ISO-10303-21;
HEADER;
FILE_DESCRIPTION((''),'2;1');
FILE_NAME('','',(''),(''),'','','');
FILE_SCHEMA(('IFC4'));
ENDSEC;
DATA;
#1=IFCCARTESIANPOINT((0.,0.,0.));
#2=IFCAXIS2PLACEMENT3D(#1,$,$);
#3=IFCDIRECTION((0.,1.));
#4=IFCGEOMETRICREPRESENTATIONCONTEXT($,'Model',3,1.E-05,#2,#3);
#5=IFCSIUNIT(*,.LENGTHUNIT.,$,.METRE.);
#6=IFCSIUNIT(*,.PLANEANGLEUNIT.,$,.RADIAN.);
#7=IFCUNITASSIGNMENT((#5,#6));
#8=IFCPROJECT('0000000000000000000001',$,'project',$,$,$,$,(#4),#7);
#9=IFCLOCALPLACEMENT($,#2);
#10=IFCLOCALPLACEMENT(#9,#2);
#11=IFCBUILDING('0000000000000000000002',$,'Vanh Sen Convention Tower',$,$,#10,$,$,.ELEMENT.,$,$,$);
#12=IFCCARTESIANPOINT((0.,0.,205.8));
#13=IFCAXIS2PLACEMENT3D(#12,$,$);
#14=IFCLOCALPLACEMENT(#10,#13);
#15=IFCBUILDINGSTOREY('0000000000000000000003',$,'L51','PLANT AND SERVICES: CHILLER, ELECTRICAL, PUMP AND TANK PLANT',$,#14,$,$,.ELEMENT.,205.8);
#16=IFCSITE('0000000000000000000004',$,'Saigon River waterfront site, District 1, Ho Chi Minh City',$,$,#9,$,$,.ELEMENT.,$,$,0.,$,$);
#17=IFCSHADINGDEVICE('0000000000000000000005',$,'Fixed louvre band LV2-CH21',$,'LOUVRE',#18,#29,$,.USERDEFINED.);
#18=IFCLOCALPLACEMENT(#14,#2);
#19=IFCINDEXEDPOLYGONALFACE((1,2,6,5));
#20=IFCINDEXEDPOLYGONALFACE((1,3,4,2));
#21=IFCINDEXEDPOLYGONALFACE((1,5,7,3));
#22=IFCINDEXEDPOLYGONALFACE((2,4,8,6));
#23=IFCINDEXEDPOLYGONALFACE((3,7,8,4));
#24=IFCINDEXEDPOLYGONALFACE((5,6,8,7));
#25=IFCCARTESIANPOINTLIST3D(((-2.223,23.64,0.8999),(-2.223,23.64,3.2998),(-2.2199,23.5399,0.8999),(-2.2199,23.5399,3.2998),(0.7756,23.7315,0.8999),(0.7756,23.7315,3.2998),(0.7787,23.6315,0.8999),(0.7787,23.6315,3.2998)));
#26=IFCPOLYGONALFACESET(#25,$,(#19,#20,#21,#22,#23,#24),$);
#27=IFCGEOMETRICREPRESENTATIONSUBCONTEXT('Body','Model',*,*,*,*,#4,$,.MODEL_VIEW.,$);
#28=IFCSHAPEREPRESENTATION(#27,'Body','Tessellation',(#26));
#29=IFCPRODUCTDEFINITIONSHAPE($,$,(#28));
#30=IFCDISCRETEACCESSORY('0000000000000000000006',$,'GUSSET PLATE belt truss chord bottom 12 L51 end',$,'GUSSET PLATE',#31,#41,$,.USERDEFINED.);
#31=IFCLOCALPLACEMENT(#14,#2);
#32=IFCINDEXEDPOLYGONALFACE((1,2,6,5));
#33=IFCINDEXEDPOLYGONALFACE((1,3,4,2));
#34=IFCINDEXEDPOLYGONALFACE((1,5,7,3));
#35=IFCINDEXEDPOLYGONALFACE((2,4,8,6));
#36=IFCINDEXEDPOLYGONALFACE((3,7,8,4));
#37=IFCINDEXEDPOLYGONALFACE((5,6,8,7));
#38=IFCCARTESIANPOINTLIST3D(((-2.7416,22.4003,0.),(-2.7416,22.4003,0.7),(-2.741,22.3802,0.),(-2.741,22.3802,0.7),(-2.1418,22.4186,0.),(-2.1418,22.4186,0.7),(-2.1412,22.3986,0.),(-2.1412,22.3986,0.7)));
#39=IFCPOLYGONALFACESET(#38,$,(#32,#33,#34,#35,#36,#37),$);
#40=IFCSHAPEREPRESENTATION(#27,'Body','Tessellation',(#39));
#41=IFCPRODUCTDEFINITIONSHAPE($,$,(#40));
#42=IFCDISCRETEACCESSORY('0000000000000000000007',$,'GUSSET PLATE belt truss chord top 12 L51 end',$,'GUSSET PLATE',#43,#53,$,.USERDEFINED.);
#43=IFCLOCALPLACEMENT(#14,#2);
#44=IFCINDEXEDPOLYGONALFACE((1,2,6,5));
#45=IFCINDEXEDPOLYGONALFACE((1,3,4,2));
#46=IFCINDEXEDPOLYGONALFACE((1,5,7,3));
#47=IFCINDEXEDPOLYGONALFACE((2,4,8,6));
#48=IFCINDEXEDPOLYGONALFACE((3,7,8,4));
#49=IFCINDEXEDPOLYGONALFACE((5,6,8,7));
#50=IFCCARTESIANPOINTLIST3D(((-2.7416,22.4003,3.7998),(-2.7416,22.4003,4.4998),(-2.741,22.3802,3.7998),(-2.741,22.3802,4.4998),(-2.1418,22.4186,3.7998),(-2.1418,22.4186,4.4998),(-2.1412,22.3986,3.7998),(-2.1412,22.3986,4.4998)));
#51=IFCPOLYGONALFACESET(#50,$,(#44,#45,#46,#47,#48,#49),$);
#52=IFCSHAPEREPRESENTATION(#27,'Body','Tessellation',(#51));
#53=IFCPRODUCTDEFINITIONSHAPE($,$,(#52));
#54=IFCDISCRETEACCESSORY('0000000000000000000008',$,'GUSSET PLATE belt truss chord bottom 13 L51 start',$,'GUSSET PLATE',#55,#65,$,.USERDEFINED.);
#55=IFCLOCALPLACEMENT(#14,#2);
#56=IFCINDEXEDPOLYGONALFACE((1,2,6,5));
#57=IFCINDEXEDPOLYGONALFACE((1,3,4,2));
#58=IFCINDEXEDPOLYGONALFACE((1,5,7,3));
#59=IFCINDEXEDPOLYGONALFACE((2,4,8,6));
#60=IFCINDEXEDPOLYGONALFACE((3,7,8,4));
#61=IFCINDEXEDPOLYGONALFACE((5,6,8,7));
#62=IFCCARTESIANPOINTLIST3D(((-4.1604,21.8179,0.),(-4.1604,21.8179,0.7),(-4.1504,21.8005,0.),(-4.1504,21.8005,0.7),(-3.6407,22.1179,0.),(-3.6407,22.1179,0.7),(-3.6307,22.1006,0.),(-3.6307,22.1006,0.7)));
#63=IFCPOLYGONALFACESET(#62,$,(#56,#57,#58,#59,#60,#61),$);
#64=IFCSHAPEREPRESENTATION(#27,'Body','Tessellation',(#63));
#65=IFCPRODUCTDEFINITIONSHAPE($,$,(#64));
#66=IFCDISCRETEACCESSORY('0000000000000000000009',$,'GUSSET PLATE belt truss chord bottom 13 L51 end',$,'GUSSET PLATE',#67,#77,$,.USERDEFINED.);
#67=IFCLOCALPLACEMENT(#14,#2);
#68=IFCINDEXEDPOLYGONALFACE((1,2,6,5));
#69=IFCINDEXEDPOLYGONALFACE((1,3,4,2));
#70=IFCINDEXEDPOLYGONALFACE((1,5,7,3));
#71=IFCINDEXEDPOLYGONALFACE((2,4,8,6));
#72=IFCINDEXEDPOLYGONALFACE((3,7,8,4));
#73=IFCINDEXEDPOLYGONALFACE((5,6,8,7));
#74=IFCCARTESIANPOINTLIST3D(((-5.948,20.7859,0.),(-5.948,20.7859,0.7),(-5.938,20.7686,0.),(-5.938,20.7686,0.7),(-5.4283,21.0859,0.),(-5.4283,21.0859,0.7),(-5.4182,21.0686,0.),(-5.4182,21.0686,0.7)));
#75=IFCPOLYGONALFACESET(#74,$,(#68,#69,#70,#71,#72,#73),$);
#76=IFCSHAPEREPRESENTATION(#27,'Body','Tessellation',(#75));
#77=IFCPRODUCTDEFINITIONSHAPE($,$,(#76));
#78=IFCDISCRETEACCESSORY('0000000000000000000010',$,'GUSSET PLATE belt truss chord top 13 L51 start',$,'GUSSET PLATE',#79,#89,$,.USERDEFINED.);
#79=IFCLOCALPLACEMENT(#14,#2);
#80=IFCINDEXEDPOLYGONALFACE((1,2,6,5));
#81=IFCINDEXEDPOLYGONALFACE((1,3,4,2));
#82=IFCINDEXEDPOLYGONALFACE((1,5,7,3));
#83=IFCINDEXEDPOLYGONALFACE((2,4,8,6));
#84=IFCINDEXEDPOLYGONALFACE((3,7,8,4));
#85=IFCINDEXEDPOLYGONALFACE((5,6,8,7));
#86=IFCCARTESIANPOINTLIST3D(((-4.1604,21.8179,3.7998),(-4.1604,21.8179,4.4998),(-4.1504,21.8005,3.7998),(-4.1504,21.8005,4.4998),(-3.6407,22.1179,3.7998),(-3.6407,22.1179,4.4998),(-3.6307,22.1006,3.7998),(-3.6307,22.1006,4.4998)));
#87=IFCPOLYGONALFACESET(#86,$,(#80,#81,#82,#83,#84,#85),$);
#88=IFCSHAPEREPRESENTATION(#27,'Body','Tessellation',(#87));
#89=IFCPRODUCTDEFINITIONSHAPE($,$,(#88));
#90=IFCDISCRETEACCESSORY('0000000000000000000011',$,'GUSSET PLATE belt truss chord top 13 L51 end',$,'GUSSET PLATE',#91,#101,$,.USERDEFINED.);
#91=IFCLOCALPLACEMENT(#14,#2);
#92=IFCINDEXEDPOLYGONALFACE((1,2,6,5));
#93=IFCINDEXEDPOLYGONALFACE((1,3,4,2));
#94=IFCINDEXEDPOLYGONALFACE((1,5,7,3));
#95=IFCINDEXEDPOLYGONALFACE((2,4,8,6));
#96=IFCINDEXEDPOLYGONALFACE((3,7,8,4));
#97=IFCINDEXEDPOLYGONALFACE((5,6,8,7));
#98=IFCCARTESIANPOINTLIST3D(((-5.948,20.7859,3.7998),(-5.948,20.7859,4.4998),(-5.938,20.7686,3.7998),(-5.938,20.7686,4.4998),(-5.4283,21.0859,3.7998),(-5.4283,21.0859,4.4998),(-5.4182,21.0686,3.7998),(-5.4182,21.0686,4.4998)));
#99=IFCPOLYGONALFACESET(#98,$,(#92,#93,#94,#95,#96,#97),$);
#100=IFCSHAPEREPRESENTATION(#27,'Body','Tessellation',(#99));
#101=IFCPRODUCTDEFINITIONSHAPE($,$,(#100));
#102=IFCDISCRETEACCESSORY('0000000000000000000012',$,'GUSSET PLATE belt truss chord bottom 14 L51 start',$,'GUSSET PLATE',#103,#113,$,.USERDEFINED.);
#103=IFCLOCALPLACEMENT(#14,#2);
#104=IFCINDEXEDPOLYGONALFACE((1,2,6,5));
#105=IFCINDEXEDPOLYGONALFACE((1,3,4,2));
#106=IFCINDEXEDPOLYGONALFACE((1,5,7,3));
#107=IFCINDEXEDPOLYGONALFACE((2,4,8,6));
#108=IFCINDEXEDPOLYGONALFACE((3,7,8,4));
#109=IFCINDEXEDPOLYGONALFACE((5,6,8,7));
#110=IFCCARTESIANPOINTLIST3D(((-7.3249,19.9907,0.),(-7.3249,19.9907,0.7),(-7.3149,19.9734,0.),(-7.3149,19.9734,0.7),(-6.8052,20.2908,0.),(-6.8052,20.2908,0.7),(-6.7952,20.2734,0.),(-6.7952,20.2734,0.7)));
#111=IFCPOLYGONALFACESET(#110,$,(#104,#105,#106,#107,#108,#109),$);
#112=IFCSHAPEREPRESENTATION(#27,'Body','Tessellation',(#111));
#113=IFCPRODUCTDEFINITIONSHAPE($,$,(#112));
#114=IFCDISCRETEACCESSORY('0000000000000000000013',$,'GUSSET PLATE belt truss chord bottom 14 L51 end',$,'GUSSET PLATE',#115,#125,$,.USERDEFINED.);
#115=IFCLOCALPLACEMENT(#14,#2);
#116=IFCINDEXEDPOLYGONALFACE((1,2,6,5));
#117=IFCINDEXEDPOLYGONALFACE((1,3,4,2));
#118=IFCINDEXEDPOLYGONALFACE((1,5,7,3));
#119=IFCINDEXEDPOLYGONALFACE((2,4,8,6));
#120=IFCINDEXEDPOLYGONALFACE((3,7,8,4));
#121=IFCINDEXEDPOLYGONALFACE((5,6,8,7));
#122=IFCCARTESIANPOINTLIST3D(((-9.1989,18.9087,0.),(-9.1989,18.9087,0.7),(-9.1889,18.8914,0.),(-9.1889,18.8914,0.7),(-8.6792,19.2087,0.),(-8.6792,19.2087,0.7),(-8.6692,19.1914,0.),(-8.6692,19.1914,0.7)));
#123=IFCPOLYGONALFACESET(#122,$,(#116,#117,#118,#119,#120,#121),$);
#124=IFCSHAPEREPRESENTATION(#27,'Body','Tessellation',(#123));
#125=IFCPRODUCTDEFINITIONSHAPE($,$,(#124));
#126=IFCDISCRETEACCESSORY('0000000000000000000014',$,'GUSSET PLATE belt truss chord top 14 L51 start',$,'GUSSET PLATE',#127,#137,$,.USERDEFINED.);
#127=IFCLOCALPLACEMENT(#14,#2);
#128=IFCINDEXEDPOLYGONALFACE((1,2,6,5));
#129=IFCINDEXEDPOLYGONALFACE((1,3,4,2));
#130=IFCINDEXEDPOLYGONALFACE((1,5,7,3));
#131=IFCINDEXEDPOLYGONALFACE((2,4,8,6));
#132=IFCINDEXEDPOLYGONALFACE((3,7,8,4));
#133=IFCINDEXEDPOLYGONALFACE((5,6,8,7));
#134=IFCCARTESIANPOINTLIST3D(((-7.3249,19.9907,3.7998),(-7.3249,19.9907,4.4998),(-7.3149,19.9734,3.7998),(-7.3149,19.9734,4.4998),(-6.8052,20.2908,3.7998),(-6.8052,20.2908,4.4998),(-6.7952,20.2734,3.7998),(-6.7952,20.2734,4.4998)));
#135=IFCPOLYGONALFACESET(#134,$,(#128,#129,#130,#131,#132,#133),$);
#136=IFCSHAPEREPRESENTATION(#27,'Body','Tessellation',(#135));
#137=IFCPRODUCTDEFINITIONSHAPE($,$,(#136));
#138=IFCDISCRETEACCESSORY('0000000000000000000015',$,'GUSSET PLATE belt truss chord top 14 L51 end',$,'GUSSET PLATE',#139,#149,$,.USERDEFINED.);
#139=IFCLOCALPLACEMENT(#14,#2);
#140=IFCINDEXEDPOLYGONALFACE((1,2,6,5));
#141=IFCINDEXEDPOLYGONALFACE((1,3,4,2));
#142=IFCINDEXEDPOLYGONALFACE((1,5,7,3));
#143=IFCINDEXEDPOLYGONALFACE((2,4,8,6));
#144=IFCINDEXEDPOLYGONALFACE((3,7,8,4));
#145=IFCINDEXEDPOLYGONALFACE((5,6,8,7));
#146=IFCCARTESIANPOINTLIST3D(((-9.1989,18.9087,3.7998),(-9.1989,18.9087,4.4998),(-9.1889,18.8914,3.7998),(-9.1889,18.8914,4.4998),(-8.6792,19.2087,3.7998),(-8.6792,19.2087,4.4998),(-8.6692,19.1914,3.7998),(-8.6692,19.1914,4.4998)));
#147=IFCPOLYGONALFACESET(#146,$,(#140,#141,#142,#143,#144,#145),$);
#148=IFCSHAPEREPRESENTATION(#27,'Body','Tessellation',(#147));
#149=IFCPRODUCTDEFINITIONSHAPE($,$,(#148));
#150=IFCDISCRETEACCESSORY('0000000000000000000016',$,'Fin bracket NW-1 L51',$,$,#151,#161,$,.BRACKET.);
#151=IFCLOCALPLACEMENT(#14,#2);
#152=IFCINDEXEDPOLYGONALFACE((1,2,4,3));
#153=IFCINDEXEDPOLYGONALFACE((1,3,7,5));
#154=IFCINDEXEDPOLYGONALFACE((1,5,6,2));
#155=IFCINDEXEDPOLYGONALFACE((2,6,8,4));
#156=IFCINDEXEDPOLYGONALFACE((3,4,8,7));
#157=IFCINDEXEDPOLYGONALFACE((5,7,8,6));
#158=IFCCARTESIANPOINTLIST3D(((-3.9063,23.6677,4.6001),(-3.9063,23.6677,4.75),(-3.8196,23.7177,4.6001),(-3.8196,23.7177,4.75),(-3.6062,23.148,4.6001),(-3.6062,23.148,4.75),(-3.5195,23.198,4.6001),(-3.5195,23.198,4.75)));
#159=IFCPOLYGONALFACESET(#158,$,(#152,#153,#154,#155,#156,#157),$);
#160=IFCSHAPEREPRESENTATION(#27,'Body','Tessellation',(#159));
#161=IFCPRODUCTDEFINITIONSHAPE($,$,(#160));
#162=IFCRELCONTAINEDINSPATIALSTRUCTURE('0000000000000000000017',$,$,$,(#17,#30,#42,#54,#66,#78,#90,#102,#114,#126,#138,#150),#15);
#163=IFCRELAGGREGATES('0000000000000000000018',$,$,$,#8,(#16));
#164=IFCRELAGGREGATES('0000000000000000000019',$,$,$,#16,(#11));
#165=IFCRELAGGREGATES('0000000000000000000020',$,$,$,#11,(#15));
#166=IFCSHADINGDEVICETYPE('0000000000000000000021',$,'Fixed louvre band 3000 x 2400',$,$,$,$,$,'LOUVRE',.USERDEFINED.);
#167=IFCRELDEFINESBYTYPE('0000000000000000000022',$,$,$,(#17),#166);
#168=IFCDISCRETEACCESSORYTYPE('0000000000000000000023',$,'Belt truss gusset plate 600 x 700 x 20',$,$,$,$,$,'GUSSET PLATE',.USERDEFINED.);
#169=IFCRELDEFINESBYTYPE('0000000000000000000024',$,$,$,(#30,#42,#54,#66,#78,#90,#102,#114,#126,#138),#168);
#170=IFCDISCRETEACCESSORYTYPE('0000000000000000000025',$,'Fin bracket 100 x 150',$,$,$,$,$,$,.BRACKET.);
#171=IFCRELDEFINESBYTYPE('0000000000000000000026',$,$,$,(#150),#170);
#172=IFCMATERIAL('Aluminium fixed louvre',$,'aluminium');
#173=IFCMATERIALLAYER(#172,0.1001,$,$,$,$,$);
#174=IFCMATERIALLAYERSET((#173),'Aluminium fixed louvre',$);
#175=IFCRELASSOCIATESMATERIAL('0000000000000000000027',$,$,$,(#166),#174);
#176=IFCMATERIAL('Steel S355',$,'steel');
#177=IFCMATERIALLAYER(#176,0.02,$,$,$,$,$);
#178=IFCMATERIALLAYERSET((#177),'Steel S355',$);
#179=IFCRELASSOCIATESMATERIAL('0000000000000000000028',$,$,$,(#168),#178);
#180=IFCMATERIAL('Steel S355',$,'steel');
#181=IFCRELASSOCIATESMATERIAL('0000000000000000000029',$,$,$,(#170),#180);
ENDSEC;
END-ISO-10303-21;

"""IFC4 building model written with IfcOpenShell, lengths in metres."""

from ifc_helpers import new_model, si_unit, direction, frame, origin, origin_2d, place, context, subcontext, project, spatial, rectangle, extrude, material, layer, layer_set, type_object, element, save


model = new_model("IFC4")

# Units and contexts
model_context = context("Model", 3, precision=1e-05, world=origin(), true_north=direction((0.0, 1.0)))
body_context = subcontext(model_context, "Body", "Model", "MODEL_VIEW")
ifc_project = project(units=[si_unit("LENGTHUNIT", "METRE"), si_unit("PLANEANGLEUNIT", "RADIAN")], contexts=[model_context])

# Site, building, storey
site_placement = place(None, origin())
site = spatial("IfcSite", under=ifc_project, at=site_placement, Name="Saigon River waterfront site, District 1, Ho Chi Minh City", CompositionType="ELEMENT", RefElevation=0.0)
building_placement = place(site_placement, origin())
building = spatial("IfcBuilding", under=site, at=building_placement, Name="Vanh Sen Convention Tower", CompositionType="ELEMENT")
storey_placement = place(building_placement, frame((0.0, 0.0, 205.8)))
storey = spatial("IfcBuildingStorey", under=building, at=storey_placement, Name="L51", Description="PLANT AND SERVICES: CHILLER, ELECTRICAL, PUMP AND TANK PLANT", CompositionType="ELEMENT", Elevation=205.8)

# Shared definitions
ifc_material_1 = material(Name="Steel S355", Category="steel")

# Shading device
ifc_material_2 = material(Name="Aluminium fixed louvre", Category="aluminium")
ifc_layer_1 = layer(ifc_material_2, 0.1001)
ifc_layer_set_1 = layer_set([ifc_layer_1], Name="Aluminium fixed louvre")
shading_device_type_1 = type_object("IfcShadingDeviceType", Name="Fixed louvre band 3000 x 2400", ElementType="LOUVRE", PredefinedType="USERDEFINED", material=ifc_layer_set_1)
shading_device_placement = place(storey_placement, frame((-0.7222, 23.6357, 0.8999), z_axis=(0.0, 0.0, 1.0), x_axis=(-0.999534, -0.030521, 0.0)))
element("IfcShadingDevice", 1, at=shading_device_placement, inside=storey, type_object=shading_device_type_1, Name="Fixed louvre band LV2-CH21", ObjectType="LOUVRE", PredefinedType="USERDEFINED", context=body_context, shape_type="SweptSolid", body=[
    extrude(rectangle(XDim=3.0, YDim=0.1001, at=origin_2d()), origin(), (0.0, 0.0, 1.0), 2.3999),
])

# Discrete accessories
ifc_layer_2 = layer(ifc_material_1, 0.02)
ifc_layer_set_2 = layer_set([ifc_layer_2], Name="Steel S355")
discrete_accessory_type_1 = type_object("IfcDiscreteAccessoryType", Name="Belt truss gusset plate 600 x 700 x 20", ElementType="GUSSET PLATE", PredefinedType="USERDEFINED", material=ifc_layer_set_2)
for number, where, z_axis, x_axis, name in (
    (2, (-2.4414, 22.3994, 0.0), (0.0, 0.0, 1.0), (0.999534, 0.03054, 0.0), "GUSSET PLATE belt truss chord bottom 12 L51 end"),
    (3, (-2.4414, 22.3994, 3.7998), (0.0, 0.0, 1.0), (0.999534, 0.03054, 0.0), "GUSSET PLATE belt truss chord top 12 L51 end"),
    (4, (-3.8955, 21.9592, 0.0), (0.0, 0.0, 1.0), (-0.866035, -0.499983, 0.0), "GUSSET PLATE belt truss chord bottom 13 L51 start"),
    (5, (-5.6831, 20.9272, 0.0), (0.0, 0.0, 1.0), (0.866035, 0.499983, 0.0), "GUSSET PLATE belt truss chord bottom 13 L51 end"),
    (6, (-3.8955, 21.9592, 3.7998), (0.0, 0.0, 1.0), (-0.866035, -0.499983, 0.0), "GUSSET PLATE belt truss chord top 13 L51 start"),
    (7, (-5.6831, 20.9272, 3.7998), (0.0, 0.0, 1.0), (0.866035, 0.499983, 0.0), "GUSSET PLATE belt truss chord top 13 L51 end"),
    (8, (-7.0601, 20.1321, 0.0), (0.0, 0.0, 1.0), (-0.866017, -0.500015, 0.0), "GUSSET PLATE belt truss chord bottom 14 L51 start"),
    (9, (-8.9341, 19.05, 0.0), (0.0, 0.0, 1.0), (0.866017, 0.500015, 0.0), "GUSSET PLATE belt truss chord bottom 14 L51 end"),
    (10, (-7.0601, 20.1321, 3.7998), (0.0, 0.0, 1.0), (-0.866017, -0.500015, 0.0), "GUSSET PLATE belt truss chord top 14 L51 start"),
    (11, (-8.9341, 19.05, 3.7998), (0.0, 0.0, 1.0), (0.866017, 0.500015, 0.0), "GUSSET PLATE belt truss chord top 14 L51 end"),
):
    element("IfcDiscreteAccessory", number, at=place(storey_placement, frame(where, z_axis=z_axis, x_axis=x_axis)), inside=storey, type_object=discrete_accessory_type_1, Name=name, ObjectType="GUSSET PLATE", PredefinedType="USERDEFINED", context=body_context, shape_type="SweptSolid", body=[
        extrude(rectangle(XDim=0.6001, YDim=0.02, at=origin_2d()), origin(), (0.0, 0.0, 1.0), 0.7),
    ])
ifc_material_3 = material(Name="Steel S355", Category="steel")
discrete_accessory_type_2 = type_object("IfcDiscreteAccessoryType", Name="Fin bracket 100 x 150", PredefinedType="BRACKET", material=ifc_material_3)
discrete_accessory_placement = place(storey_placement, frame((-3.7129, 23.4329, 4.6001), z_axis=(0.0, 0.0, 1.0), x_axis=(-0.5, 0.866025, 0.0)))
element("IfcDiscreteAccessory", 12, at=discrete_accessory_placement, inside=storey, type_object=discrete_accessory_type_2, Name="Fin bracket NW-1 L51", PredefinedType="BRACKET", context=body_context, shape_type="SweptSolid", body=[
    extrude(rectangle(XDim=0.6001, YDim=0.1001, at=origin_2d()), origin(), (0.0, 0.0, 1.0), 0.1499),
])

save(model, "model.ifc")
